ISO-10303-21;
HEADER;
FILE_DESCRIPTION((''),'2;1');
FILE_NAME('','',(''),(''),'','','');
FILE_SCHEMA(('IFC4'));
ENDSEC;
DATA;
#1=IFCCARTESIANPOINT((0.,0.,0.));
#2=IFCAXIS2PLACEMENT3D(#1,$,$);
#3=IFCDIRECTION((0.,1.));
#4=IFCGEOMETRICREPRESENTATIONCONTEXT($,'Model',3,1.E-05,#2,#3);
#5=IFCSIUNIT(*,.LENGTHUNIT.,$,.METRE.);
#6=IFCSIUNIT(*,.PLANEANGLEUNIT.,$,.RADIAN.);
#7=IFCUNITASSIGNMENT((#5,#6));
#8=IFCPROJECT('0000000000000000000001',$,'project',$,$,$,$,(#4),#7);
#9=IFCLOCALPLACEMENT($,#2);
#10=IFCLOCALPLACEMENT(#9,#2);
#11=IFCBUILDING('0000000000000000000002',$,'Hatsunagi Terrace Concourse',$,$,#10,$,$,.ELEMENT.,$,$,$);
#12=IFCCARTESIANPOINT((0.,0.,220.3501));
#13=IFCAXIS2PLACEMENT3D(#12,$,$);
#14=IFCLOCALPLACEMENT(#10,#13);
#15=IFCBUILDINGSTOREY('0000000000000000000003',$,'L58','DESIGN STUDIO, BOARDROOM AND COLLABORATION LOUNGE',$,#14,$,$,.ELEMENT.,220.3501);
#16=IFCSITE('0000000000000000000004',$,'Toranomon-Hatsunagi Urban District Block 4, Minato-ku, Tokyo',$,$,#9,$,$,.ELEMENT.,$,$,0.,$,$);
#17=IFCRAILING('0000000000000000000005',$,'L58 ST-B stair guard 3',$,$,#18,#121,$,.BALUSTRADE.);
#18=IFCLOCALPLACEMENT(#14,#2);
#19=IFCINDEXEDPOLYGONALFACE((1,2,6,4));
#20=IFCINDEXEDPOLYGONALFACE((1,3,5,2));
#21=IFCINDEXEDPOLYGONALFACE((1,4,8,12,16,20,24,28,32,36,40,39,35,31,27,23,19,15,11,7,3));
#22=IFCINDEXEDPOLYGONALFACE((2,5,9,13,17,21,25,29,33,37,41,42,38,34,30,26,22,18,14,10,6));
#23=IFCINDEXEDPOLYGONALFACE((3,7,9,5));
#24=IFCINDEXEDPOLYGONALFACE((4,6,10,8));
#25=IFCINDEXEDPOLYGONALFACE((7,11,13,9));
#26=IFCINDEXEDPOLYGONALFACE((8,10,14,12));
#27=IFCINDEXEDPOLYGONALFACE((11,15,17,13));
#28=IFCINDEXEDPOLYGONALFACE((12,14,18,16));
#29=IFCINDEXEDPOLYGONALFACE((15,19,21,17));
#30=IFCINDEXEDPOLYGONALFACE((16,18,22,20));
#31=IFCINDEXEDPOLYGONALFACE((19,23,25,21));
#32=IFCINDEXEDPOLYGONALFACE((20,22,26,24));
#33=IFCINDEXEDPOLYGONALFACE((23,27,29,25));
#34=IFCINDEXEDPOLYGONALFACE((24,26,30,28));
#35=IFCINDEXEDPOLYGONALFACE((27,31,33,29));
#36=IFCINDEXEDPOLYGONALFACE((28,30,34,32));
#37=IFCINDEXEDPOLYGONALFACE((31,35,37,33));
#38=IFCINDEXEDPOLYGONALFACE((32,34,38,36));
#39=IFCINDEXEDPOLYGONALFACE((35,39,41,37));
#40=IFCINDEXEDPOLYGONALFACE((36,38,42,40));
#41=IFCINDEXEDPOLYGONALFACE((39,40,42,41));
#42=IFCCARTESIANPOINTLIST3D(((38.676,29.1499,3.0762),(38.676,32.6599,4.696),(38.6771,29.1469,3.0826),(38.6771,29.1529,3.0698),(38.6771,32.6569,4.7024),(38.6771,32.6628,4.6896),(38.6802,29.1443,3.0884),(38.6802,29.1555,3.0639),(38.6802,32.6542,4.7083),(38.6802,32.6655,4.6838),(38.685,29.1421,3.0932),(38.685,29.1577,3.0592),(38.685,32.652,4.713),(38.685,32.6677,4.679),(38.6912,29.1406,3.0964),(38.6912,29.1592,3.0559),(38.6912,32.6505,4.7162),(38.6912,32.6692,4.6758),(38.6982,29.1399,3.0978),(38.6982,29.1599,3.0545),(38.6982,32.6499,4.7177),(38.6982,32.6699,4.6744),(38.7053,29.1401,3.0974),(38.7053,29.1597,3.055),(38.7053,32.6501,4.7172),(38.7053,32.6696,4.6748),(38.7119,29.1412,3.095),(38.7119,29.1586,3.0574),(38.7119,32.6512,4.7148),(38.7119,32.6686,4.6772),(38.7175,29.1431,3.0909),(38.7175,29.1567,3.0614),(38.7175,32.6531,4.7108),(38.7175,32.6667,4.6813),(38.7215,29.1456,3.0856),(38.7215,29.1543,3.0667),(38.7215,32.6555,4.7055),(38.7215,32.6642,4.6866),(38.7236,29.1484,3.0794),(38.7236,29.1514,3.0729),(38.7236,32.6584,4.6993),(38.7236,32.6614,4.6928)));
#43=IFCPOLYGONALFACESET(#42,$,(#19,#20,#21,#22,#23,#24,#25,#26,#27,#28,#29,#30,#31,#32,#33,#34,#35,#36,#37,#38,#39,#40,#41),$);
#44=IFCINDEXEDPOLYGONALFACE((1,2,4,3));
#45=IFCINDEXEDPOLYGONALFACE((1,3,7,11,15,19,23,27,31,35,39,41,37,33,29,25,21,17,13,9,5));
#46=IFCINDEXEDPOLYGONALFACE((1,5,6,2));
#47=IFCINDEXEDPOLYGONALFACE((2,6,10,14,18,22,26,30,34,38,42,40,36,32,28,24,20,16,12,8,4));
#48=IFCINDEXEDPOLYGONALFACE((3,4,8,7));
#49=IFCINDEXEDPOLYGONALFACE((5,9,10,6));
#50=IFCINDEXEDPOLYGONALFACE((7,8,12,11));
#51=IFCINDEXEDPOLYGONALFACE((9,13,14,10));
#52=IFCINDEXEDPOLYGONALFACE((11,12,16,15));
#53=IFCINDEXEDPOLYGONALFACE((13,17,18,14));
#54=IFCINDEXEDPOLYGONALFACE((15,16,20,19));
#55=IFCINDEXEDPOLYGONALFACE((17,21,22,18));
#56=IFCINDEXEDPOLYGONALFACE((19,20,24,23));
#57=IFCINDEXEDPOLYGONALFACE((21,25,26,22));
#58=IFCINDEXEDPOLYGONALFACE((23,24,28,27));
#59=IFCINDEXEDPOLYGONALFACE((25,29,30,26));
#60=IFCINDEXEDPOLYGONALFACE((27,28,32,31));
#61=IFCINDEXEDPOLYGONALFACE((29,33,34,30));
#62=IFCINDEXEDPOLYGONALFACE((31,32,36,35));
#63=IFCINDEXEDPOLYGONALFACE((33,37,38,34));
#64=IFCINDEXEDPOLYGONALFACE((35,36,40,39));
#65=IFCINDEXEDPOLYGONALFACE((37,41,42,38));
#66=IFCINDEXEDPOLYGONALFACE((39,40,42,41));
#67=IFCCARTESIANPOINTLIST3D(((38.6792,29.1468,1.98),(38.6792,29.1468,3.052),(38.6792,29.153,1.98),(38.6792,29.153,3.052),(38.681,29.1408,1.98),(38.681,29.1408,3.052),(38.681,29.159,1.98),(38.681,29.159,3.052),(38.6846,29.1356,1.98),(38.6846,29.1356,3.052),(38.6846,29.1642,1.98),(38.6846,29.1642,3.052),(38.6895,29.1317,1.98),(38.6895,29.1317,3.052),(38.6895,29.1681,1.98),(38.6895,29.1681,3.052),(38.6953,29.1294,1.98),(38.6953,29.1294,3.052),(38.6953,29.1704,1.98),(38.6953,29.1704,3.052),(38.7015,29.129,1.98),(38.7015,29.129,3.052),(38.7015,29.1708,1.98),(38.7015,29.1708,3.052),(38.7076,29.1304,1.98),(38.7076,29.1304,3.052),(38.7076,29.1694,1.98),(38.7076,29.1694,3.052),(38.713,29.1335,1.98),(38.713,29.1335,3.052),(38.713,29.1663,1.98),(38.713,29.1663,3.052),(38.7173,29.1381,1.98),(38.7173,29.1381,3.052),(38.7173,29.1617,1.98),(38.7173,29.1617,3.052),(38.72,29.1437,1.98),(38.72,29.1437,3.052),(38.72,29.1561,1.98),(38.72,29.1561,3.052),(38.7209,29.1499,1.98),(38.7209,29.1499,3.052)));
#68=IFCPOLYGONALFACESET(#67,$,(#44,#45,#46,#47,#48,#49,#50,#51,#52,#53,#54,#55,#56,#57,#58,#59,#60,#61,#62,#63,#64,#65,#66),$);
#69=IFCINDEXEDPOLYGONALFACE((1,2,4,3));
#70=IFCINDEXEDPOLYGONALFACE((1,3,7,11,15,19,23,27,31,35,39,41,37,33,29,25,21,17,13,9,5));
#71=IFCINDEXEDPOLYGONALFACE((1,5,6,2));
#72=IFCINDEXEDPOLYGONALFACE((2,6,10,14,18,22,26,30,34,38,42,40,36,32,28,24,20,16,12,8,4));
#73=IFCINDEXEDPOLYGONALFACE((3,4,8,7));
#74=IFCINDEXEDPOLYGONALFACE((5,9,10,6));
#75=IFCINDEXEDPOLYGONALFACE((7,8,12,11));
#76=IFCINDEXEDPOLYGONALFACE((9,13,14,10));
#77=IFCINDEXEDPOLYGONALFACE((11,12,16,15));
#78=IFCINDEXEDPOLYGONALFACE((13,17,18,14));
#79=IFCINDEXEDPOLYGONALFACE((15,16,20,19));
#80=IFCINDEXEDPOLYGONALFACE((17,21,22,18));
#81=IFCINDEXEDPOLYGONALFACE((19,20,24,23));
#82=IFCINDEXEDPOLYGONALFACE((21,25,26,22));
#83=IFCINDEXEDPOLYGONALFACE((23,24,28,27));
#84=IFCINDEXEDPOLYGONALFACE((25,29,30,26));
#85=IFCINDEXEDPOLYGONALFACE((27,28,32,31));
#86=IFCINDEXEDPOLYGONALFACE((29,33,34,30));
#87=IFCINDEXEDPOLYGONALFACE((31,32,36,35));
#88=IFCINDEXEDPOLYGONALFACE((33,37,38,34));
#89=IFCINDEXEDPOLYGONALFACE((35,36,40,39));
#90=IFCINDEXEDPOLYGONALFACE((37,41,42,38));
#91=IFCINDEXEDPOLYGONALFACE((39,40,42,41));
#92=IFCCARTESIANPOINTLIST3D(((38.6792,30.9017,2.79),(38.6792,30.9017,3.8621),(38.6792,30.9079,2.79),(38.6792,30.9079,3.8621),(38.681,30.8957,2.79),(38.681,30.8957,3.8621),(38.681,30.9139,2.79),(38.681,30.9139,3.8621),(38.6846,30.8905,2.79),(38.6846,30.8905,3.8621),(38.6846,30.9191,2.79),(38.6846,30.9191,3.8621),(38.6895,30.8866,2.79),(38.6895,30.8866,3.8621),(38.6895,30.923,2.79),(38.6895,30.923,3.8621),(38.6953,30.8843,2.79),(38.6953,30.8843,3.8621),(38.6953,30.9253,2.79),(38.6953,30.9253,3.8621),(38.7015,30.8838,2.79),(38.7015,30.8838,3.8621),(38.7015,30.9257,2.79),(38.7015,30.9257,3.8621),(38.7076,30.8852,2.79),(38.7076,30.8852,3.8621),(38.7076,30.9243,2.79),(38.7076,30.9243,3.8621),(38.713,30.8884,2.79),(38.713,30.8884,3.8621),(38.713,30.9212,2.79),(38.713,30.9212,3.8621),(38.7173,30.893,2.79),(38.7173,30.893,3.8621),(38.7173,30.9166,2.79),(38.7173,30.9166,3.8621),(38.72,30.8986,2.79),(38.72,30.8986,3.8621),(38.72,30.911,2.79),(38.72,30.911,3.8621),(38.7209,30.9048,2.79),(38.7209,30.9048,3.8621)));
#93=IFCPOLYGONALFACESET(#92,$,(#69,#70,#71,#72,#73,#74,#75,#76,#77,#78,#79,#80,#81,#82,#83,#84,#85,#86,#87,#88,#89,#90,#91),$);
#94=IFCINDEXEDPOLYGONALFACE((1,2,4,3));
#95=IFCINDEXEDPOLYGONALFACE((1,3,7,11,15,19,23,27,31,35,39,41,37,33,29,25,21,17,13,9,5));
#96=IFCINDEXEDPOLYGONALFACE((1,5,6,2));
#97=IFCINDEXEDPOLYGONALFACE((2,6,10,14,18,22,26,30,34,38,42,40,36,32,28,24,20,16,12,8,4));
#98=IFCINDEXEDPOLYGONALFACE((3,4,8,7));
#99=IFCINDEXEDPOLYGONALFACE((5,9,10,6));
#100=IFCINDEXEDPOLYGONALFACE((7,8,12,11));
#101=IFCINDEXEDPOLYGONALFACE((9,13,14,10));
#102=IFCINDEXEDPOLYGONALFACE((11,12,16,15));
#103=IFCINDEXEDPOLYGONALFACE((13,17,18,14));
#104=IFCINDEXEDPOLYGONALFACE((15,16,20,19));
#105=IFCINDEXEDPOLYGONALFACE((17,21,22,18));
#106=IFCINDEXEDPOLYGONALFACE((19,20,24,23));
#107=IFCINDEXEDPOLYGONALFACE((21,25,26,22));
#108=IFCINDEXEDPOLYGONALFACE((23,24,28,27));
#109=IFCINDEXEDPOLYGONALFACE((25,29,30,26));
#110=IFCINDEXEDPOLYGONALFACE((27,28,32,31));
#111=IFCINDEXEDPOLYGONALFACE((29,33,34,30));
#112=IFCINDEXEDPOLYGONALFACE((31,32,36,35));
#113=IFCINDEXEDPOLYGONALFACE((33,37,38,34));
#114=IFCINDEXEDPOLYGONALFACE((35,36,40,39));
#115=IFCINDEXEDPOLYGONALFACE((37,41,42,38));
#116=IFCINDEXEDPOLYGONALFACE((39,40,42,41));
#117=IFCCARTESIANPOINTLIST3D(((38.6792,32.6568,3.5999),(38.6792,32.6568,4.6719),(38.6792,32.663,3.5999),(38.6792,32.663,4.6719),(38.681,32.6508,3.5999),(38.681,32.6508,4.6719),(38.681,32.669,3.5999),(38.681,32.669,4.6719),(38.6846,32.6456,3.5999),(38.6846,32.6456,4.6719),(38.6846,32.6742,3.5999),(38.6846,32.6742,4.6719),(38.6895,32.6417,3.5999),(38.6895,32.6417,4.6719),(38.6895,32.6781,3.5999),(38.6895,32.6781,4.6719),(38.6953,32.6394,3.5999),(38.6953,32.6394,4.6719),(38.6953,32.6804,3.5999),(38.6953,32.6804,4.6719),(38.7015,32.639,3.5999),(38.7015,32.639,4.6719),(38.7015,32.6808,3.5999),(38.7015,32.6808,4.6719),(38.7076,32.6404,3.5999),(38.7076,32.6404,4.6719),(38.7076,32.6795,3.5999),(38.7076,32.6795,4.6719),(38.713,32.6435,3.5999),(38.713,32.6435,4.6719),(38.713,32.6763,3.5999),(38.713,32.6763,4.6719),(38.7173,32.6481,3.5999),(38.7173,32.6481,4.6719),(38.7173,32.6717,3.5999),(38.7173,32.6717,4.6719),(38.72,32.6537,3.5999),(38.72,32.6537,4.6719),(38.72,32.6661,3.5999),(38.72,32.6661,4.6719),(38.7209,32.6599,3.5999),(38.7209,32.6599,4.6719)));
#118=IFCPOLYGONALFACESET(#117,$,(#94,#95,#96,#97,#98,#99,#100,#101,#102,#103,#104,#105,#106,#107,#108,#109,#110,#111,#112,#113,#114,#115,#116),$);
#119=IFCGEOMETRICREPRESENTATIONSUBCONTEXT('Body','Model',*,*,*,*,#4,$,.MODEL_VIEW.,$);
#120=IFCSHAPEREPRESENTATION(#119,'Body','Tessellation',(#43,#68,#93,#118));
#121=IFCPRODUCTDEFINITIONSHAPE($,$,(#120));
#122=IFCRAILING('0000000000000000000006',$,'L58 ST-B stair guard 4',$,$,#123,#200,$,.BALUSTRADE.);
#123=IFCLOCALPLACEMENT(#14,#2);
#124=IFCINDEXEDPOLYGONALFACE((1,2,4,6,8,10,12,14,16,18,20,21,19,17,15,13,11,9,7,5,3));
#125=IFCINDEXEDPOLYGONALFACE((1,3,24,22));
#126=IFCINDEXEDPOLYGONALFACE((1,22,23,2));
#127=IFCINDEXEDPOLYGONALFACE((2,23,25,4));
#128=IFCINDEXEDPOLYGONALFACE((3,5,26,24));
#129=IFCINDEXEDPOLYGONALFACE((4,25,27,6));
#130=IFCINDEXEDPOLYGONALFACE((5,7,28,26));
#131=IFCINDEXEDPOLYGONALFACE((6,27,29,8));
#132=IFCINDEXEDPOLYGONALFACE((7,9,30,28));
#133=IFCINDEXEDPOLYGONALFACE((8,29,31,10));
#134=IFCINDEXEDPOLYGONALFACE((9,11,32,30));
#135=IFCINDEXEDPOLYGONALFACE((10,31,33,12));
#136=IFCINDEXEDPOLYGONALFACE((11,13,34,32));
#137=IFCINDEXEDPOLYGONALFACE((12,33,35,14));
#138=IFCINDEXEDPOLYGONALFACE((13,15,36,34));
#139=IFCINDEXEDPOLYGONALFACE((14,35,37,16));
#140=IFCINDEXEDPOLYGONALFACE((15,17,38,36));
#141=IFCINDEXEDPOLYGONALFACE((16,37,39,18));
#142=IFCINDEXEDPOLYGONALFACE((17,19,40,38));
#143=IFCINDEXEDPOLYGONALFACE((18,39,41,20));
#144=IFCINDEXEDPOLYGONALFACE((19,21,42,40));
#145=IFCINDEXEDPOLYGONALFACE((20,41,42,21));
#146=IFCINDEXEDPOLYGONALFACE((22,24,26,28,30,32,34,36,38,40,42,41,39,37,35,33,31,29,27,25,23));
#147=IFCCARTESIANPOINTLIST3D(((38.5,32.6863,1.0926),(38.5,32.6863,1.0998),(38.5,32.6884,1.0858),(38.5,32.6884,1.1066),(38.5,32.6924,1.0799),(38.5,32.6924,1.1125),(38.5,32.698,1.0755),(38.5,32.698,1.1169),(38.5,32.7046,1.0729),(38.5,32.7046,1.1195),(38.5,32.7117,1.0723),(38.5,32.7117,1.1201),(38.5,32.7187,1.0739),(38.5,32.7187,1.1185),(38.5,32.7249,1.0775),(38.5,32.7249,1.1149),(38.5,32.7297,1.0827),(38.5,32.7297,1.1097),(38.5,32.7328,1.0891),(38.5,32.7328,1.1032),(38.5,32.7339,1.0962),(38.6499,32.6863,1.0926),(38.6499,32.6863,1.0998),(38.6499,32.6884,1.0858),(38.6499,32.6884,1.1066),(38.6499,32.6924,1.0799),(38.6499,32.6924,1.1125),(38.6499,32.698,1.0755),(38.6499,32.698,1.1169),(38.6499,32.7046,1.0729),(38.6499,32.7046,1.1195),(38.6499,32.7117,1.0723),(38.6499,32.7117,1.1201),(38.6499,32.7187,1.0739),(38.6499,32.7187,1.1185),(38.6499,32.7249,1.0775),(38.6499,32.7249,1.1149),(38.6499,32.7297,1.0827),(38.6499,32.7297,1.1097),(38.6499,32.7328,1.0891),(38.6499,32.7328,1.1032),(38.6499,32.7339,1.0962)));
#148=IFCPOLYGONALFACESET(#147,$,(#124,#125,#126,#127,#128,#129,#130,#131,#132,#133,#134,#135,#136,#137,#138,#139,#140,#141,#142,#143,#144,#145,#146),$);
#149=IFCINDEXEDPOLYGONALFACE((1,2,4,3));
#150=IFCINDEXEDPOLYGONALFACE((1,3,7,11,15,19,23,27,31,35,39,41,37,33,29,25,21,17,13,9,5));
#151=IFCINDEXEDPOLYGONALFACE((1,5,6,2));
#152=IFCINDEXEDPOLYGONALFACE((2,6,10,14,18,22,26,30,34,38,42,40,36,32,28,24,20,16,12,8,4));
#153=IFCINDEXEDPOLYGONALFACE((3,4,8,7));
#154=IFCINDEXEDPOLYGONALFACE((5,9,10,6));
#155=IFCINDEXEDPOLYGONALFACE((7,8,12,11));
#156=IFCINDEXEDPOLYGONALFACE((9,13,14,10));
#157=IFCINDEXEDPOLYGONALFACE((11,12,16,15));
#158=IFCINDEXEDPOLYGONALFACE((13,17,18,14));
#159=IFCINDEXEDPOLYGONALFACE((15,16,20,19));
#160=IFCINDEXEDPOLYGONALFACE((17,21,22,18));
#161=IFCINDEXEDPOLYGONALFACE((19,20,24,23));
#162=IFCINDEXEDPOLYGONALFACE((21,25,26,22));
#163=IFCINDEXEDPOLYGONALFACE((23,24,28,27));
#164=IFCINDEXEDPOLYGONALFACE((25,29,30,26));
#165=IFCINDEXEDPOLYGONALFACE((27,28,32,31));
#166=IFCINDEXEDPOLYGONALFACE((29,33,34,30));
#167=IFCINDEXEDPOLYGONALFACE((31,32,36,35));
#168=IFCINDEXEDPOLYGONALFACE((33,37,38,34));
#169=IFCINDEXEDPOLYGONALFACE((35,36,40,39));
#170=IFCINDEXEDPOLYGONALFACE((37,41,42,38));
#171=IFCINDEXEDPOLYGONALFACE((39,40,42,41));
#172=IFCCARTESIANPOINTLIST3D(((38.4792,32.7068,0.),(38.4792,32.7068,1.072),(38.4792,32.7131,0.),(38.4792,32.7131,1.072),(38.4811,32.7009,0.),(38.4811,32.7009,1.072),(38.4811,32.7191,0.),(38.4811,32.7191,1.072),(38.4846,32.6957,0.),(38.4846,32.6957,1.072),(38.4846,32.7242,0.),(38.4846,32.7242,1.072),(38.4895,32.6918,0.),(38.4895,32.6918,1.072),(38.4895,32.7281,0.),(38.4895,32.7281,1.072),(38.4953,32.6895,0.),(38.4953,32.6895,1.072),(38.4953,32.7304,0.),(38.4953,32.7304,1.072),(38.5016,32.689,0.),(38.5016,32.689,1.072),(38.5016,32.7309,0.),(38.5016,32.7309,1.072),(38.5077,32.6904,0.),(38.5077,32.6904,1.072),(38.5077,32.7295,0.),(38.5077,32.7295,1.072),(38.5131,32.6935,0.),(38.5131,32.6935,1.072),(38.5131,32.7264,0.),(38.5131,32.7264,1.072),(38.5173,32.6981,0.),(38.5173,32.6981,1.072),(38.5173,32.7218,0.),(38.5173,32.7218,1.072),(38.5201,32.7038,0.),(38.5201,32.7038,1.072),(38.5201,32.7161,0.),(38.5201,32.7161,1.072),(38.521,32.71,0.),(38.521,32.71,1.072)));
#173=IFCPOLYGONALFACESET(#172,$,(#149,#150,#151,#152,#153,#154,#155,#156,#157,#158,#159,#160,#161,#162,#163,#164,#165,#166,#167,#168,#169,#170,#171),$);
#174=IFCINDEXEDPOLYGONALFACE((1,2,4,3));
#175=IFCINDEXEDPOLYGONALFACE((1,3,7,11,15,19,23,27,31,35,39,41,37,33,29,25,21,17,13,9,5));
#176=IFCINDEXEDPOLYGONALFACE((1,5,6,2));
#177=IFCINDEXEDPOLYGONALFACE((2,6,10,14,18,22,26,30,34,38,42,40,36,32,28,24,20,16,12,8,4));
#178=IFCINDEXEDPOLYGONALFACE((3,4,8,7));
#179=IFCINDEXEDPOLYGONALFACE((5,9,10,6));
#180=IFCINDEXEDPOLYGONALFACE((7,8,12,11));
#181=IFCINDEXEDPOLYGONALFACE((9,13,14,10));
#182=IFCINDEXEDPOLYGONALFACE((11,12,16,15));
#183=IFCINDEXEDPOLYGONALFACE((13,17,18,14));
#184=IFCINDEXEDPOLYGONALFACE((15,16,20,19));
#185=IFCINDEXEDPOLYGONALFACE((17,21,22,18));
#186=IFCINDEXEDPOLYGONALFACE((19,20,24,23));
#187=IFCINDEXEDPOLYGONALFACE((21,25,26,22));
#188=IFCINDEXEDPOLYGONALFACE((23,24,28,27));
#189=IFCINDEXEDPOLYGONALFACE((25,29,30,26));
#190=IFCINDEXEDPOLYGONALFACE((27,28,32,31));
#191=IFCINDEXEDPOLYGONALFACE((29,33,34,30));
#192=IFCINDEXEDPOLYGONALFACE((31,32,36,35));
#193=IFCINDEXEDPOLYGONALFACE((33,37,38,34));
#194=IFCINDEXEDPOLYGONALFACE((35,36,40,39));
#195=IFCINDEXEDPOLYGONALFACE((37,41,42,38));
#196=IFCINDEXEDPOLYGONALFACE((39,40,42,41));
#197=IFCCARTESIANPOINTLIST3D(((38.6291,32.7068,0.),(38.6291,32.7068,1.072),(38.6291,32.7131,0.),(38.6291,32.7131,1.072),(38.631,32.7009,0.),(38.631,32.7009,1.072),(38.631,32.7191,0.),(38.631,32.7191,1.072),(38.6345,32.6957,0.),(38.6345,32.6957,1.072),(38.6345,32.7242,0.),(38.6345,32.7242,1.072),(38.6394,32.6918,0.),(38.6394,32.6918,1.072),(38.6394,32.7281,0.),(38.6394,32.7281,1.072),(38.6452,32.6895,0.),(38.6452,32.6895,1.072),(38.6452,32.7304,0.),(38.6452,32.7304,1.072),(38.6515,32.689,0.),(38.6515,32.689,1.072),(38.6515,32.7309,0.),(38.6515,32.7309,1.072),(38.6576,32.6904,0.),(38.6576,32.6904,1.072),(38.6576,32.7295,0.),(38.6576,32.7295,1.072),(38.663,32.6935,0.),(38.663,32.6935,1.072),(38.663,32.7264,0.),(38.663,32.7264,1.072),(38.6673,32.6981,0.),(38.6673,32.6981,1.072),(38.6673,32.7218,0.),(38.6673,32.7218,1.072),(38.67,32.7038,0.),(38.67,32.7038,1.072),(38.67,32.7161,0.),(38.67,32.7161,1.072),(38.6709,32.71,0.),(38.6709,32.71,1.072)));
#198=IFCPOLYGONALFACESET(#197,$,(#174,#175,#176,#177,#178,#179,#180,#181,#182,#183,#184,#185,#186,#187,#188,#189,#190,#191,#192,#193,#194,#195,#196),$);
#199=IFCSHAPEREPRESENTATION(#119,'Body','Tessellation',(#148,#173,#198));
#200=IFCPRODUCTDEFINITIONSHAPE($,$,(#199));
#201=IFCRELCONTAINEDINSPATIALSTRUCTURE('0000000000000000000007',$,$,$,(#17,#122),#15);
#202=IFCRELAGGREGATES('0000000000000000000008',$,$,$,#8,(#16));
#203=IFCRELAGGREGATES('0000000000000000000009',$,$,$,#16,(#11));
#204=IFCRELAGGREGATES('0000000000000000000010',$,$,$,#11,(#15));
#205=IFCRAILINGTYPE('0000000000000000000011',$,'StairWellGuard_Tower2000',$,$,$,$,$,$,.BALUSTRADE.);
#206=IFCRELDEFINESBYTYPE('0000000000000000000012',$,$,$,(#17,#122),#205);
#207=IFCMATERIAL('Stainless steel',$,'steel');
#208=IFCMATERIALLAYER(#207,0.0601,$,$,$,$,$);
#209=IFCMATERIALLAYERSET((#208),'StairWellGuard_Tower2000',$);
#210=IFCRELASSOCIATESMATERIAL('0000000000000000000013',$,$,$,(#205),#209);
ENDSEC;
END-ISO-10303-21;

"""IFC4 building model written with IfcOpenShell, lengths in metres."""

from ifc_helpers import new_model, si_unit, direction, frame, origin, origin_2d, place, context, subcontext, project, spatial, circle, extrude, material, layer, layer_set, type_object, element, save


model = new_model("IFC4")

# Units and contexts
model_context = context("Model", 3, precision=1e-05, world=origin(), true_north=direction((0.0, 1.0)))
body_context = subcontext(model_context, "Body", "Model", "MODEL_VIEW")
ifc_project = project(units=[si_unit("LENGTHUNIT", "METRE"), si_unit("PLANEANGLEUNIT", "RADIAN")], contexts=[model_context])

# Site, building, storey
site_placement = place(None, origin())
site = spatial("IfcSite", under=ifc_project, at=site_placement, Name="Toranomon-Hatsunagi Urban District Block 4, Minato-ku, Tokyo", CompositionType="ELEMENT", RefElevation=0.0)
building_placement = place(site_placement, origin())
building = spatial("IfcBuilding", under=site, at=building_placement, Name="Hatsunagi Terrace Concourse", CompositionType="ELEMENT")
storey_placement = place(building_placement, frame((0.0, 0.0, 220.3501)))
storey = spatial("IfcBuildingStorey", under=building, at=storey_placement, Name="L58", Description="DESIGN STUDIO, BOARDROOM AND COLLABORATION LOUNGE", CompositionType="ELEMENT", Elevation=220.3501)

# Railings
ifc_material_1 = material(Name="Stainless steel", Category="steel")
ifc_layer_1 = layer(ifc_material_1, 0.0601)
ifc_layer_set_1 = layer_set([ifc_layer_1], Name="StairWellGuard_Tower2000")
railing_type_1 = type_object("IfcRailingType", Name="StairWellGuard_Tower2000", PredefinedType="BALUSTRADE", material=ifc_layer_set_1)
railing_1_placement = place(storey_placement, frame((38.7, 29.1499, 1.98)))
element("IfcRailing", 1, at=railing_1_placement, inside=storey, type_object=railing_type_1, Name="L58 ST-B stair guard 3", PredefinedType="BALUSTRADE", context=body_context, shape_type="SweptSolid", body=[
    extrude(circle(Radius=0.0239, at=origin_2d()), frame((0.0, 0.0, 1.0962), z_axis=(0.0, 0.907972, 0.41903), x_axis=(-1.0, 0.0, 0.0)), (0.0, 0.0, 1.0), 3.8657),
    extrude(circle(Radius=0.021, at=origin_2d()), origin(), (0.0, 0.0, 1.0), 1.072),
    extrude(circle(Radius=0.021, at=origin_2d()), frame((0.0, 1.7549, 0.8101)), (0.0, 0.0, 1.0), 1.072),
    extrude(circle(Radius=0.021, at=origin_2d()), frame((0.0, 3.51, 1.6199)), (0.0, 0.0, 1.0), 1.072),
])
railing_2_placement = place(storey_placement, frame((38.5, 32.71, 0.0)))
element("IfcRailing", 2, at=railing_2_placement, inside=storey, type_object=railing_type_1, Name="L58 ST-B stair guard 4", PredefinedType="BALUSTRADE", context=body_context, shape_type="SweptSolid", body=[
    extrude(circle(Radius=0.0239, at=origin_2d()), frame((0.0, 0.0, 1.0962), z_axis=(1.0, 0.0, 0.0), x_axis=(0.0, 1.0, 0.0)), (0.0, 0.0, 1.0), 0.1499),
    extrude(circle(Radius=0.021, at=origin_2d()), origin(), (0.0, 0.0, 1.0), 1.072),
    extrude(circle(Radius=0.021, at=origin_2d()), frame((0.1499, 0.0, 0.0)), (0.0, 0.0, 1.0), 1.072),
])

save(model, "model.ifc")
